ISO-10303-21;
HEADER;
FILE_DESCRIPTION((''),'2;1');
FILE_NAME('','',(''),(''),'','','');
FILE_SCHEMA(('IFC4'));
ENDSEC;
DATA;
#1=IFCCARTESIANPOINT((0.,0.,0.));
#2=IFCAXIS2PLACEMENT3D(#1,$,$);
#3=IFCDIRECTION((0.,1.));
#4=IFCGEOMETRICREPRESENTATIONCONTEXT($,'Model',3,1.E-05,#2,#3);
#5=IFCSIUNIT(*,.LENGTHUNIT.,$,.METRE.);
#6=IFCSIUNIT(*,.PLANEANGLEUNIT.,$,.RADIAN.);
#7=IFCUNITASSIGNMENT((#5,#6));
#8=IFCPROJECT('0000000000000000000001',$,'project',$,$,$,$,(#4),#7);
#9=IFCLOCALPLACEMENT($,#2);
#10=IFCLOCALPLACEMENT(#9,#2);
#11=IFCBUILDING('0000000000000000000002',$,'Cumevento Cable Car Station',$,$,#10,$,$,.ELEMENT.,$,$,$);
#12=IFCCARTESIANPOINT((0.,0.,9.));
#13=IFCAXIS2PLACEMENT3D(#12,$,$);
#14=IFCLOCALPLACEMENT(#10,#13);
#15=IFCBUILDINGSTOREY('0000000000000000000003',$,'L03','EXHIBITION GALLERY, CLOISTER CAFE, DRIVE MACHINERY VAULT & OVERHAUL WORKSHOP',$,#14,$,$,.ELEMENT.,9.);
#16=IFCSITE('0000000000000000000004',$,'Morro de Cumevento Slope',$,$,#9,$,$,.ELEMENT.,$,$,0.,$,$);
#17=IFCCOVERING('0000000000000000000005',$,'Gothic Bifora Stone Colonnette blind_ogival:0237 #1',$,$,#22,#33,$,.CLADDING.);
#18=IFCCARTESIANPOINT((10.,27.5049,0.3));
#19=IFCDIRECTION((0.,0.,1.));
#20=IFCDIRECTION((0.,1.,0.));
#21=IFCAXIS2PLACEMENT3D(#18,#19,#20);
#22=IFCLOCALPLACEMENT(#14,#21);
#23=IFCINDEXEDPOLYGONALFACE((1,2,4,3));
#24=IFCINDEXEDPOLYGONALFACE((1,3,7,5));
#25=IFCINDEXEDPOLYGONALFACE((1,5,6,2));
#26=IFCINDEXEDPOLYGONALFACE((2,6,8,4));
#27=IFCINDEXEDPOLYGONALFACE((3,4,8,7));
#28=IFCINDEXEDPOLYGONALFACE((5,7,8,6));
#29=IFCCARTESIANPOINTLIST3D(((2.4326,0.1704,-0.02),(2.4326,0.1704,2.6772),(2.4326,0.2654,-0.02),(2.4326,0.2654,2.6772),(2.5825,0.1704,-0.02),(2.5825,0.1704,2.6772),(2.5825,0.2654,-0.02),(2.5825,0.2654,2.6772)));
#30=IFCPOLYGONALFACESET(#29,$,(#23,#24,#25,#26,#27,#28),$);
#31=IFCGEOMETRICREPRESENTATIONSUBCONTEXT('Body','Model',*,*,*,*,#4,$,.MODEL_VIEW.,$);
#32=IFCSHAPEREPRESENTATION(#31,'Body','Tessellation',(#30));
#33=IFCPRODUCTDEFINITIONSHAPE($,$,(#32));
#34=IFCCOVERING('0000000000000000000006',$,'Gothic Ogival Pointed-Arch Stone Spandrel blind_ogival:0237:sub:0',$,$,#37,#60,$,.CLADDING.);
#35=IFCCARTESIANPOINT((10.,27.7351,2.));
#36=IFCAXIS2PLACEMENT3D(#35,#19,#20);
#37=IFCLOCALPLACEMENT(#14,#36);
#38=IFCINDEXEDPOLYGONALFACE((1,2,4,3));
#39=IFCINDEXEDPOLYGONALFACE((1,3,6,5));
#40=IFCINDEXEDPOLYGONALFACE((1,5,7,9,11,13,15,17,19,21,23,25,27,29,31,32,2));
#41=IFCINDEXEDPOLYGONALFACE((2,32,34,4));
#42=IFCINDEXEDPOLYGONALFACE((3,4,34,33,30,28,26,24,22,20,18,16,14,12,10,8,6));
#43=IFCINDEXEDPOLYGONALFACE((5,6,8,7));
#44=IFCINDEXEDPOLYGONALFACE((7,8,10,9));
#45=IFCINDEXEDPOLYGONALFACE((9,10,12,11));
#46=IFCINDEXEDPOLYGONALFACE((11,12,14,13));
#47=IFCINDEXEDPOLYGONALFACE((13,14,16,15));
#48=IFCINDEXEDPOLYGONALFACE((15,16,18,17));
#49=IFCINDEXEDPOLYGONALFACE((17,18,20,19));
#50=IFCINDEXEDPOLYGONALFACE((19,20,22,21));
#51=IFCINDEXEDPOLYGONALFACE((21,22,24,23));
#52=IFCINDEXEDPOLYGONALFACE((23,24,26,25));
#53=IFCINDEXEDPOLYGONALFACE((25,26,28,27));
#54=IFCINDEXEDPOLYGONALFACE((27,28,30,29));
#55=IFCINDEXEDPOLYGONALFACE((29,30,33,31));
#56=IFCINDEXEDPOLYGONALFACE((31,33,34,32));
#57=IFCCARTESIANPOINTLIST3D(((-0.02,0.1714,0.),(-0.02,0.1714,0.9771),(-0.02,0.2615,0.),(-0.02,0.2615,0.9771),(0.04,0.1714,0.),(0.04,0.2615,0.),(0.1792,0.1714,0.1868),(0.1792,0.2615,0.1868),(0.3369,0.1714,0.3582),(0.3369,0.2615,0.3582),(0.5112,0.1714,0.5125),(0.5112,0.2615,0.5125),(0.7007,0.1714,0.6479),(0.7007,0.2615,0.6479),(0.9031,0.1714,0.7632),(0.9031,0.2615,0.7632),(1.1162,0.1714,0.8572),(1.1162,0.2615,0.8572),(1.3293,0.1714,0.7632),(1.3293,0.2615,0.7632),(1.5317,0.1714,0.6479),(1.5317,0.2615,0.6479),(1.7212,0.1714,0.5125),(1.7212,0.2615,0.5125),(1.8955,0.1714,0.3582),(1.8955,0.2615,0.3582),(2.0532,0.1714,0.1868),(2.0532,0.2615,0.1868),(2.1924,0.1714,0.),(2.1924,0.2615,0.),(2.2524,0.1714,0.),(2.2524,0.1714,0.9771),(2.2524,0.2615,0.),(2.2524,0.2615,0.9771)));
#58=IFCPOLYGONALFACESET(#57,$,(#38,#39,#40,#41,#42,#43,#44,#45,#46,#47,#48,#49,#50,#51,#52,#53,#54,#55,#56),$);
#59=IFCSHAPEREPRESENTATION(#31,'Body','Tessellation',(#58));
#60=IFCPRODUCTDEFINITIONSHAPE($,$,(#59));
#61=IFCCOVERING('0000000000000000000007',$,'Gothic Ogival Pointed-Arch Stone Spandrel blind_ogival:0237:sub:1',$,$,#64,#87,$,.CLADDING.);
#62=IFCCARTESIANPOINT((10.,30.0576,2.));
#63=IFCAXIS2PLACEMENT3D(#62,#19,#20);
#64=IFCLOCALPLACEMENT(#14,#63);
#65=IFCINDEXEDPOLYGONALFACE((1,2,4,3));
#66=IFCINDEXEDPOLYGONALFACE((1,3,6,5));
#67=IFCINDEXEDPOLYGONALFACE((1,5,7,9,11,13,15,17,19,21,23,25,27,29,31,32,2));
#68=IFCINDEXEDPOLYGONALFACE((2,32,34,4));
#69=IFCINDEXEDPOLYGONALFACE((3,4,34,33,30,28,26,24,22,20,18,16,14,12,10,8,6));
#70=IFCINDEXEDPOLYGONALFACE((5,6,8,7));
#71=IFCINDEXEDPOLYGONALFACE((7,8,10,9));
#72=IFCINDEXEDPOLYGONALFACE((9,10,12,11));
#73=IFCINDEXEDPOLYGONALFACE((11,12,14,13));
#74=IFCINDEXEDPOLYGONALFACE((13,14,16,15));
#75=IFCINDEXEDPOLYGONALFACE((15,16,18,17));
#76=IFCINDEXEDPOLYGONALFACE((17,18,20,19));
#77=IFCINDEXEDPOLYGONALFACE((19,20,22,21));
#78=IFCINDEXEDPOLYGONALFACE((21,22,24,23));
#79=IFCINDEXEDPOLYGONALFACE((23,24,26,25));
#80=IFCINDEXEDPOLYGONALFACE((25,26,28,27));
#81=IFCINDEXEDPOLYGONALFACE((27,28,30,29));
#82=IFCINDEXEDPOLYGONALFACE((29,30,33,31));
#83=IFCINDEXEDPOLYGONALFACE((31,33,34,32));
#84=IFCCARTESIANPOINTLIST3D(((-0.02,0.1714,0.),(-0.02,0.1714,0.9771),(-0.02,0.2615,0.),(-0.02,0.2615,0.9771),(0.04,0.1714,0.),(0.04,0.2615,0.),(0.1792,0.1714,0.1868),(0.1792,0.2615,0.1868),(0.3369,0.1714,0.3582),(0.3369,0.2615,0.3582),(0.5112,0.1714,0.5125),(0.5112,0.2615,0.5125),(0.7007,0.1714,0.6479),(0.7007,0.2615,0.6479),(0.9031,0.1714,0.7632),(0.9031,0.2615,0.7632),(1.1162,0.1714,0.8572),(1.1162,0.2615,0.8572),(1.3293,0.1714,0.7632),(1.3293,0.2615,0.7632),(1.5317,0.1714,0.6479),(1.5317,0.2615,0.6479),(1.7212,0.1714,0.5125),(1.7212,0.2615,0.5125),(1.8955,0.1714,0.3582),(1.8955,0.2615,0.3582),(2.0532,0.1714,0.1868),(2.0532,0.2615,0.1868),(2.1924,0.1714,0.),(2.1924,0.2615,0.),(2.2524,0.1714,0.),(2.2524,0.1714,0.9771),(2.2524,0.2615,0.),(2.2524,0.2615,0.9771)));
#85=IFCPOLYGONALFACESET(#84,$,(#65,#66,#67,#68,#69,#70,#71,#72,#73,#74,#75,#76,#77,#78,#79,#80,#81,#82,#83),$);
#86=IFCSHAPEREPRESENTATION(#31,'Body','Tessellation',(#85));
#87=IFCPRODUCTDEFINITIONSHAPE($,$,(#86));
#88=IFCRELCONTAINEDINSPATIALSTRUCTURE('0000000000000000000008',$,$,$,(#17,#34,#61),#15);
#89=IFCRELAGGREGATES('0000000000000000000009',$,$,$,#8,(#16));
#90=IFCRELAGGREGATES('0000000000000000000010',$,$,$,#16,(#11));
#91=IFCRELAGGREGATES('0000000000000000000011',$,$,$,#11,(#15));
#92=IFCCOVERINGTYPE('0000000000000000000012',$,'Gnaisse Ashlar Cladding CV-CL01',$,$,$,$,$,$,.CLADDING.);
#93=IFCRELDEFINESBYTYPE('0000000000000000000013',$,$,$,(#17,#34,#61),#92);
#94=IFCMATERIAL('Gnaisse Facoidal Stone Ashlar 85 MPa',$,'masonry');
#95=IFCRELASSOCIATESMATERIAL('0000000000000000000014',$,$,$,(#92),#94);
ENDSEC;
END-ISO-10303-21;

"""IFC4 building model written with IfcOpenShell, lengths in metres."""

from ifc_helpers import new_model, si_unit, direction, frame, origin, place, context, subcontext, project, spatial, polyline, outline, extrude, material, type_object, element, save


model = new_model("IFC4")

# Units and contexts
model_context = context("Model", 3, precision=1e-05, world=origin(), true_north=direction((0.0, 1.0)))
body_context = subcontext(model_context, "Body", "Model", "MODEL_VIEW")
ifc_project = project(units=[si_unit("LENGTHUNIT", "METRE"), si_unit("PLANEANGLEUNIT", "RADIAN")], contexts=[model_context])

# Site, building, storey
site_placement = place(None, origin())
site = spatial("IfcSite", under=ifc_project, at=site_placement, Name="Morro de Cumevento Slope", CompositionType="ELEMENT", RefElevation=0.0)
building_placement = place(site_placement, origin())
building = spatial("IfcBuilding", under=site, at=building_placement, Name="Cumevento Cable Car Station", CompositionType="ELEMENT")
storey_placement = place(building_placement, frame((0.0, 0.0, 9.0)))
storey = spatial("IfcBuildingStorey", under=building, at=storey_placement, Name="L03", Description="EXHIBITION GALLERY, CLOISTER CAFE, DRIVE MACHINERY VAULT & OVERHAUL WORKSHOP", CompositionType="ELEMENT", Elevation=9.0)

# Coverings
ifc_material_1 = material(Name="Gnaisse Facoidal Stone Ashlar 85 MPa", Category="masonry")
covering_type = type_object("IfcCoveringType", Name="Gnaisse Ashlar Cladding CV-CL01", PredefinedType="CLADDING", material=ifc_material_1)
covering_1_placement = place(storey_placement, frame((10.0, 27.5049, 0.3), z_axis=(0.0, 0.0, 1.0), x_axis=(0.0, 1.0, 0.0)))
element("IfcCovering", 1, at=covering_1_placement, inside=storey, type_object=covering_type, Name="Gothic Bifora Stone Colonnette blind_ogival:0237 #1", PredefinedType="CLADDING", context=body_context, shape_type="SweptSolid", body=[
    extrude(outline(polyline([(2.4326, -0.02), (2.5825, -0.02), (2.5825, 2.6772), (2.4326, 2.6772), (2.4326, -0.02)])), frame((0.0, 0.2654, 0.0), z_axis=(0.0, -1.0, 0.0), x_axis=(1.0, 0.0, 0.0)), (0.0, 0.0, 1.0), 0.095),
])
for number, where, z_axis, x_axis, name in (
    (2, (10.0, 27.7351, 2.0), (0.0, 0.0, 1.0), (0.0, 1.0, 0.0), "Gothic Ogival Pointed-Arch Stone Spandrel blind_ogival:0237:sub:0"),
    (3, (10.0, 30.0576, 2.0), (0.0, 0.0, 1.0), (0.0, 1.0, 0.0), "Gothic Ogival Pointed-Arch Stone Spandrel blind_ogival:0237:sub:1"),
):
    element("IfcCovering", number, at=place(storey_placement, frame(where, z_axis=z_axis, x_axis=x_axis)), inside=storey, type_object=covering_type, Name=name, PredefinedType="CLADDING", context=body_context, shape_type="SweptSolid", body=[
        extrude(outline(polyline([(-0.02, 0.0), (-0.02, 0.9771), (2.2524, 0.9771), (2.2524, 0.0), (2.1924, 0.0), (2.0532, 0.1868), (1.8955, 0.3582), (1.7212, 0.5125), (1.5317, 0.6479), (1.3293, 0.7632), (1.1162, 0.8572), (0.9031, 0.7632), (0.7007, 0.6479), (0.5112, 0.5125), (0.3369, 0.3582), (0.1792, 0.1868), (0.04, 0.0), (-0.02, 0.0)])), frame((0.0, 0.2615, 0.0), z_axis=(0.0, -1.0, 0.0), x_axis=(1.0, 0.0, 0.0)), (0.0, 0.0, 1.0), 0.0901),
    ])

save(model, "model.ifc")
